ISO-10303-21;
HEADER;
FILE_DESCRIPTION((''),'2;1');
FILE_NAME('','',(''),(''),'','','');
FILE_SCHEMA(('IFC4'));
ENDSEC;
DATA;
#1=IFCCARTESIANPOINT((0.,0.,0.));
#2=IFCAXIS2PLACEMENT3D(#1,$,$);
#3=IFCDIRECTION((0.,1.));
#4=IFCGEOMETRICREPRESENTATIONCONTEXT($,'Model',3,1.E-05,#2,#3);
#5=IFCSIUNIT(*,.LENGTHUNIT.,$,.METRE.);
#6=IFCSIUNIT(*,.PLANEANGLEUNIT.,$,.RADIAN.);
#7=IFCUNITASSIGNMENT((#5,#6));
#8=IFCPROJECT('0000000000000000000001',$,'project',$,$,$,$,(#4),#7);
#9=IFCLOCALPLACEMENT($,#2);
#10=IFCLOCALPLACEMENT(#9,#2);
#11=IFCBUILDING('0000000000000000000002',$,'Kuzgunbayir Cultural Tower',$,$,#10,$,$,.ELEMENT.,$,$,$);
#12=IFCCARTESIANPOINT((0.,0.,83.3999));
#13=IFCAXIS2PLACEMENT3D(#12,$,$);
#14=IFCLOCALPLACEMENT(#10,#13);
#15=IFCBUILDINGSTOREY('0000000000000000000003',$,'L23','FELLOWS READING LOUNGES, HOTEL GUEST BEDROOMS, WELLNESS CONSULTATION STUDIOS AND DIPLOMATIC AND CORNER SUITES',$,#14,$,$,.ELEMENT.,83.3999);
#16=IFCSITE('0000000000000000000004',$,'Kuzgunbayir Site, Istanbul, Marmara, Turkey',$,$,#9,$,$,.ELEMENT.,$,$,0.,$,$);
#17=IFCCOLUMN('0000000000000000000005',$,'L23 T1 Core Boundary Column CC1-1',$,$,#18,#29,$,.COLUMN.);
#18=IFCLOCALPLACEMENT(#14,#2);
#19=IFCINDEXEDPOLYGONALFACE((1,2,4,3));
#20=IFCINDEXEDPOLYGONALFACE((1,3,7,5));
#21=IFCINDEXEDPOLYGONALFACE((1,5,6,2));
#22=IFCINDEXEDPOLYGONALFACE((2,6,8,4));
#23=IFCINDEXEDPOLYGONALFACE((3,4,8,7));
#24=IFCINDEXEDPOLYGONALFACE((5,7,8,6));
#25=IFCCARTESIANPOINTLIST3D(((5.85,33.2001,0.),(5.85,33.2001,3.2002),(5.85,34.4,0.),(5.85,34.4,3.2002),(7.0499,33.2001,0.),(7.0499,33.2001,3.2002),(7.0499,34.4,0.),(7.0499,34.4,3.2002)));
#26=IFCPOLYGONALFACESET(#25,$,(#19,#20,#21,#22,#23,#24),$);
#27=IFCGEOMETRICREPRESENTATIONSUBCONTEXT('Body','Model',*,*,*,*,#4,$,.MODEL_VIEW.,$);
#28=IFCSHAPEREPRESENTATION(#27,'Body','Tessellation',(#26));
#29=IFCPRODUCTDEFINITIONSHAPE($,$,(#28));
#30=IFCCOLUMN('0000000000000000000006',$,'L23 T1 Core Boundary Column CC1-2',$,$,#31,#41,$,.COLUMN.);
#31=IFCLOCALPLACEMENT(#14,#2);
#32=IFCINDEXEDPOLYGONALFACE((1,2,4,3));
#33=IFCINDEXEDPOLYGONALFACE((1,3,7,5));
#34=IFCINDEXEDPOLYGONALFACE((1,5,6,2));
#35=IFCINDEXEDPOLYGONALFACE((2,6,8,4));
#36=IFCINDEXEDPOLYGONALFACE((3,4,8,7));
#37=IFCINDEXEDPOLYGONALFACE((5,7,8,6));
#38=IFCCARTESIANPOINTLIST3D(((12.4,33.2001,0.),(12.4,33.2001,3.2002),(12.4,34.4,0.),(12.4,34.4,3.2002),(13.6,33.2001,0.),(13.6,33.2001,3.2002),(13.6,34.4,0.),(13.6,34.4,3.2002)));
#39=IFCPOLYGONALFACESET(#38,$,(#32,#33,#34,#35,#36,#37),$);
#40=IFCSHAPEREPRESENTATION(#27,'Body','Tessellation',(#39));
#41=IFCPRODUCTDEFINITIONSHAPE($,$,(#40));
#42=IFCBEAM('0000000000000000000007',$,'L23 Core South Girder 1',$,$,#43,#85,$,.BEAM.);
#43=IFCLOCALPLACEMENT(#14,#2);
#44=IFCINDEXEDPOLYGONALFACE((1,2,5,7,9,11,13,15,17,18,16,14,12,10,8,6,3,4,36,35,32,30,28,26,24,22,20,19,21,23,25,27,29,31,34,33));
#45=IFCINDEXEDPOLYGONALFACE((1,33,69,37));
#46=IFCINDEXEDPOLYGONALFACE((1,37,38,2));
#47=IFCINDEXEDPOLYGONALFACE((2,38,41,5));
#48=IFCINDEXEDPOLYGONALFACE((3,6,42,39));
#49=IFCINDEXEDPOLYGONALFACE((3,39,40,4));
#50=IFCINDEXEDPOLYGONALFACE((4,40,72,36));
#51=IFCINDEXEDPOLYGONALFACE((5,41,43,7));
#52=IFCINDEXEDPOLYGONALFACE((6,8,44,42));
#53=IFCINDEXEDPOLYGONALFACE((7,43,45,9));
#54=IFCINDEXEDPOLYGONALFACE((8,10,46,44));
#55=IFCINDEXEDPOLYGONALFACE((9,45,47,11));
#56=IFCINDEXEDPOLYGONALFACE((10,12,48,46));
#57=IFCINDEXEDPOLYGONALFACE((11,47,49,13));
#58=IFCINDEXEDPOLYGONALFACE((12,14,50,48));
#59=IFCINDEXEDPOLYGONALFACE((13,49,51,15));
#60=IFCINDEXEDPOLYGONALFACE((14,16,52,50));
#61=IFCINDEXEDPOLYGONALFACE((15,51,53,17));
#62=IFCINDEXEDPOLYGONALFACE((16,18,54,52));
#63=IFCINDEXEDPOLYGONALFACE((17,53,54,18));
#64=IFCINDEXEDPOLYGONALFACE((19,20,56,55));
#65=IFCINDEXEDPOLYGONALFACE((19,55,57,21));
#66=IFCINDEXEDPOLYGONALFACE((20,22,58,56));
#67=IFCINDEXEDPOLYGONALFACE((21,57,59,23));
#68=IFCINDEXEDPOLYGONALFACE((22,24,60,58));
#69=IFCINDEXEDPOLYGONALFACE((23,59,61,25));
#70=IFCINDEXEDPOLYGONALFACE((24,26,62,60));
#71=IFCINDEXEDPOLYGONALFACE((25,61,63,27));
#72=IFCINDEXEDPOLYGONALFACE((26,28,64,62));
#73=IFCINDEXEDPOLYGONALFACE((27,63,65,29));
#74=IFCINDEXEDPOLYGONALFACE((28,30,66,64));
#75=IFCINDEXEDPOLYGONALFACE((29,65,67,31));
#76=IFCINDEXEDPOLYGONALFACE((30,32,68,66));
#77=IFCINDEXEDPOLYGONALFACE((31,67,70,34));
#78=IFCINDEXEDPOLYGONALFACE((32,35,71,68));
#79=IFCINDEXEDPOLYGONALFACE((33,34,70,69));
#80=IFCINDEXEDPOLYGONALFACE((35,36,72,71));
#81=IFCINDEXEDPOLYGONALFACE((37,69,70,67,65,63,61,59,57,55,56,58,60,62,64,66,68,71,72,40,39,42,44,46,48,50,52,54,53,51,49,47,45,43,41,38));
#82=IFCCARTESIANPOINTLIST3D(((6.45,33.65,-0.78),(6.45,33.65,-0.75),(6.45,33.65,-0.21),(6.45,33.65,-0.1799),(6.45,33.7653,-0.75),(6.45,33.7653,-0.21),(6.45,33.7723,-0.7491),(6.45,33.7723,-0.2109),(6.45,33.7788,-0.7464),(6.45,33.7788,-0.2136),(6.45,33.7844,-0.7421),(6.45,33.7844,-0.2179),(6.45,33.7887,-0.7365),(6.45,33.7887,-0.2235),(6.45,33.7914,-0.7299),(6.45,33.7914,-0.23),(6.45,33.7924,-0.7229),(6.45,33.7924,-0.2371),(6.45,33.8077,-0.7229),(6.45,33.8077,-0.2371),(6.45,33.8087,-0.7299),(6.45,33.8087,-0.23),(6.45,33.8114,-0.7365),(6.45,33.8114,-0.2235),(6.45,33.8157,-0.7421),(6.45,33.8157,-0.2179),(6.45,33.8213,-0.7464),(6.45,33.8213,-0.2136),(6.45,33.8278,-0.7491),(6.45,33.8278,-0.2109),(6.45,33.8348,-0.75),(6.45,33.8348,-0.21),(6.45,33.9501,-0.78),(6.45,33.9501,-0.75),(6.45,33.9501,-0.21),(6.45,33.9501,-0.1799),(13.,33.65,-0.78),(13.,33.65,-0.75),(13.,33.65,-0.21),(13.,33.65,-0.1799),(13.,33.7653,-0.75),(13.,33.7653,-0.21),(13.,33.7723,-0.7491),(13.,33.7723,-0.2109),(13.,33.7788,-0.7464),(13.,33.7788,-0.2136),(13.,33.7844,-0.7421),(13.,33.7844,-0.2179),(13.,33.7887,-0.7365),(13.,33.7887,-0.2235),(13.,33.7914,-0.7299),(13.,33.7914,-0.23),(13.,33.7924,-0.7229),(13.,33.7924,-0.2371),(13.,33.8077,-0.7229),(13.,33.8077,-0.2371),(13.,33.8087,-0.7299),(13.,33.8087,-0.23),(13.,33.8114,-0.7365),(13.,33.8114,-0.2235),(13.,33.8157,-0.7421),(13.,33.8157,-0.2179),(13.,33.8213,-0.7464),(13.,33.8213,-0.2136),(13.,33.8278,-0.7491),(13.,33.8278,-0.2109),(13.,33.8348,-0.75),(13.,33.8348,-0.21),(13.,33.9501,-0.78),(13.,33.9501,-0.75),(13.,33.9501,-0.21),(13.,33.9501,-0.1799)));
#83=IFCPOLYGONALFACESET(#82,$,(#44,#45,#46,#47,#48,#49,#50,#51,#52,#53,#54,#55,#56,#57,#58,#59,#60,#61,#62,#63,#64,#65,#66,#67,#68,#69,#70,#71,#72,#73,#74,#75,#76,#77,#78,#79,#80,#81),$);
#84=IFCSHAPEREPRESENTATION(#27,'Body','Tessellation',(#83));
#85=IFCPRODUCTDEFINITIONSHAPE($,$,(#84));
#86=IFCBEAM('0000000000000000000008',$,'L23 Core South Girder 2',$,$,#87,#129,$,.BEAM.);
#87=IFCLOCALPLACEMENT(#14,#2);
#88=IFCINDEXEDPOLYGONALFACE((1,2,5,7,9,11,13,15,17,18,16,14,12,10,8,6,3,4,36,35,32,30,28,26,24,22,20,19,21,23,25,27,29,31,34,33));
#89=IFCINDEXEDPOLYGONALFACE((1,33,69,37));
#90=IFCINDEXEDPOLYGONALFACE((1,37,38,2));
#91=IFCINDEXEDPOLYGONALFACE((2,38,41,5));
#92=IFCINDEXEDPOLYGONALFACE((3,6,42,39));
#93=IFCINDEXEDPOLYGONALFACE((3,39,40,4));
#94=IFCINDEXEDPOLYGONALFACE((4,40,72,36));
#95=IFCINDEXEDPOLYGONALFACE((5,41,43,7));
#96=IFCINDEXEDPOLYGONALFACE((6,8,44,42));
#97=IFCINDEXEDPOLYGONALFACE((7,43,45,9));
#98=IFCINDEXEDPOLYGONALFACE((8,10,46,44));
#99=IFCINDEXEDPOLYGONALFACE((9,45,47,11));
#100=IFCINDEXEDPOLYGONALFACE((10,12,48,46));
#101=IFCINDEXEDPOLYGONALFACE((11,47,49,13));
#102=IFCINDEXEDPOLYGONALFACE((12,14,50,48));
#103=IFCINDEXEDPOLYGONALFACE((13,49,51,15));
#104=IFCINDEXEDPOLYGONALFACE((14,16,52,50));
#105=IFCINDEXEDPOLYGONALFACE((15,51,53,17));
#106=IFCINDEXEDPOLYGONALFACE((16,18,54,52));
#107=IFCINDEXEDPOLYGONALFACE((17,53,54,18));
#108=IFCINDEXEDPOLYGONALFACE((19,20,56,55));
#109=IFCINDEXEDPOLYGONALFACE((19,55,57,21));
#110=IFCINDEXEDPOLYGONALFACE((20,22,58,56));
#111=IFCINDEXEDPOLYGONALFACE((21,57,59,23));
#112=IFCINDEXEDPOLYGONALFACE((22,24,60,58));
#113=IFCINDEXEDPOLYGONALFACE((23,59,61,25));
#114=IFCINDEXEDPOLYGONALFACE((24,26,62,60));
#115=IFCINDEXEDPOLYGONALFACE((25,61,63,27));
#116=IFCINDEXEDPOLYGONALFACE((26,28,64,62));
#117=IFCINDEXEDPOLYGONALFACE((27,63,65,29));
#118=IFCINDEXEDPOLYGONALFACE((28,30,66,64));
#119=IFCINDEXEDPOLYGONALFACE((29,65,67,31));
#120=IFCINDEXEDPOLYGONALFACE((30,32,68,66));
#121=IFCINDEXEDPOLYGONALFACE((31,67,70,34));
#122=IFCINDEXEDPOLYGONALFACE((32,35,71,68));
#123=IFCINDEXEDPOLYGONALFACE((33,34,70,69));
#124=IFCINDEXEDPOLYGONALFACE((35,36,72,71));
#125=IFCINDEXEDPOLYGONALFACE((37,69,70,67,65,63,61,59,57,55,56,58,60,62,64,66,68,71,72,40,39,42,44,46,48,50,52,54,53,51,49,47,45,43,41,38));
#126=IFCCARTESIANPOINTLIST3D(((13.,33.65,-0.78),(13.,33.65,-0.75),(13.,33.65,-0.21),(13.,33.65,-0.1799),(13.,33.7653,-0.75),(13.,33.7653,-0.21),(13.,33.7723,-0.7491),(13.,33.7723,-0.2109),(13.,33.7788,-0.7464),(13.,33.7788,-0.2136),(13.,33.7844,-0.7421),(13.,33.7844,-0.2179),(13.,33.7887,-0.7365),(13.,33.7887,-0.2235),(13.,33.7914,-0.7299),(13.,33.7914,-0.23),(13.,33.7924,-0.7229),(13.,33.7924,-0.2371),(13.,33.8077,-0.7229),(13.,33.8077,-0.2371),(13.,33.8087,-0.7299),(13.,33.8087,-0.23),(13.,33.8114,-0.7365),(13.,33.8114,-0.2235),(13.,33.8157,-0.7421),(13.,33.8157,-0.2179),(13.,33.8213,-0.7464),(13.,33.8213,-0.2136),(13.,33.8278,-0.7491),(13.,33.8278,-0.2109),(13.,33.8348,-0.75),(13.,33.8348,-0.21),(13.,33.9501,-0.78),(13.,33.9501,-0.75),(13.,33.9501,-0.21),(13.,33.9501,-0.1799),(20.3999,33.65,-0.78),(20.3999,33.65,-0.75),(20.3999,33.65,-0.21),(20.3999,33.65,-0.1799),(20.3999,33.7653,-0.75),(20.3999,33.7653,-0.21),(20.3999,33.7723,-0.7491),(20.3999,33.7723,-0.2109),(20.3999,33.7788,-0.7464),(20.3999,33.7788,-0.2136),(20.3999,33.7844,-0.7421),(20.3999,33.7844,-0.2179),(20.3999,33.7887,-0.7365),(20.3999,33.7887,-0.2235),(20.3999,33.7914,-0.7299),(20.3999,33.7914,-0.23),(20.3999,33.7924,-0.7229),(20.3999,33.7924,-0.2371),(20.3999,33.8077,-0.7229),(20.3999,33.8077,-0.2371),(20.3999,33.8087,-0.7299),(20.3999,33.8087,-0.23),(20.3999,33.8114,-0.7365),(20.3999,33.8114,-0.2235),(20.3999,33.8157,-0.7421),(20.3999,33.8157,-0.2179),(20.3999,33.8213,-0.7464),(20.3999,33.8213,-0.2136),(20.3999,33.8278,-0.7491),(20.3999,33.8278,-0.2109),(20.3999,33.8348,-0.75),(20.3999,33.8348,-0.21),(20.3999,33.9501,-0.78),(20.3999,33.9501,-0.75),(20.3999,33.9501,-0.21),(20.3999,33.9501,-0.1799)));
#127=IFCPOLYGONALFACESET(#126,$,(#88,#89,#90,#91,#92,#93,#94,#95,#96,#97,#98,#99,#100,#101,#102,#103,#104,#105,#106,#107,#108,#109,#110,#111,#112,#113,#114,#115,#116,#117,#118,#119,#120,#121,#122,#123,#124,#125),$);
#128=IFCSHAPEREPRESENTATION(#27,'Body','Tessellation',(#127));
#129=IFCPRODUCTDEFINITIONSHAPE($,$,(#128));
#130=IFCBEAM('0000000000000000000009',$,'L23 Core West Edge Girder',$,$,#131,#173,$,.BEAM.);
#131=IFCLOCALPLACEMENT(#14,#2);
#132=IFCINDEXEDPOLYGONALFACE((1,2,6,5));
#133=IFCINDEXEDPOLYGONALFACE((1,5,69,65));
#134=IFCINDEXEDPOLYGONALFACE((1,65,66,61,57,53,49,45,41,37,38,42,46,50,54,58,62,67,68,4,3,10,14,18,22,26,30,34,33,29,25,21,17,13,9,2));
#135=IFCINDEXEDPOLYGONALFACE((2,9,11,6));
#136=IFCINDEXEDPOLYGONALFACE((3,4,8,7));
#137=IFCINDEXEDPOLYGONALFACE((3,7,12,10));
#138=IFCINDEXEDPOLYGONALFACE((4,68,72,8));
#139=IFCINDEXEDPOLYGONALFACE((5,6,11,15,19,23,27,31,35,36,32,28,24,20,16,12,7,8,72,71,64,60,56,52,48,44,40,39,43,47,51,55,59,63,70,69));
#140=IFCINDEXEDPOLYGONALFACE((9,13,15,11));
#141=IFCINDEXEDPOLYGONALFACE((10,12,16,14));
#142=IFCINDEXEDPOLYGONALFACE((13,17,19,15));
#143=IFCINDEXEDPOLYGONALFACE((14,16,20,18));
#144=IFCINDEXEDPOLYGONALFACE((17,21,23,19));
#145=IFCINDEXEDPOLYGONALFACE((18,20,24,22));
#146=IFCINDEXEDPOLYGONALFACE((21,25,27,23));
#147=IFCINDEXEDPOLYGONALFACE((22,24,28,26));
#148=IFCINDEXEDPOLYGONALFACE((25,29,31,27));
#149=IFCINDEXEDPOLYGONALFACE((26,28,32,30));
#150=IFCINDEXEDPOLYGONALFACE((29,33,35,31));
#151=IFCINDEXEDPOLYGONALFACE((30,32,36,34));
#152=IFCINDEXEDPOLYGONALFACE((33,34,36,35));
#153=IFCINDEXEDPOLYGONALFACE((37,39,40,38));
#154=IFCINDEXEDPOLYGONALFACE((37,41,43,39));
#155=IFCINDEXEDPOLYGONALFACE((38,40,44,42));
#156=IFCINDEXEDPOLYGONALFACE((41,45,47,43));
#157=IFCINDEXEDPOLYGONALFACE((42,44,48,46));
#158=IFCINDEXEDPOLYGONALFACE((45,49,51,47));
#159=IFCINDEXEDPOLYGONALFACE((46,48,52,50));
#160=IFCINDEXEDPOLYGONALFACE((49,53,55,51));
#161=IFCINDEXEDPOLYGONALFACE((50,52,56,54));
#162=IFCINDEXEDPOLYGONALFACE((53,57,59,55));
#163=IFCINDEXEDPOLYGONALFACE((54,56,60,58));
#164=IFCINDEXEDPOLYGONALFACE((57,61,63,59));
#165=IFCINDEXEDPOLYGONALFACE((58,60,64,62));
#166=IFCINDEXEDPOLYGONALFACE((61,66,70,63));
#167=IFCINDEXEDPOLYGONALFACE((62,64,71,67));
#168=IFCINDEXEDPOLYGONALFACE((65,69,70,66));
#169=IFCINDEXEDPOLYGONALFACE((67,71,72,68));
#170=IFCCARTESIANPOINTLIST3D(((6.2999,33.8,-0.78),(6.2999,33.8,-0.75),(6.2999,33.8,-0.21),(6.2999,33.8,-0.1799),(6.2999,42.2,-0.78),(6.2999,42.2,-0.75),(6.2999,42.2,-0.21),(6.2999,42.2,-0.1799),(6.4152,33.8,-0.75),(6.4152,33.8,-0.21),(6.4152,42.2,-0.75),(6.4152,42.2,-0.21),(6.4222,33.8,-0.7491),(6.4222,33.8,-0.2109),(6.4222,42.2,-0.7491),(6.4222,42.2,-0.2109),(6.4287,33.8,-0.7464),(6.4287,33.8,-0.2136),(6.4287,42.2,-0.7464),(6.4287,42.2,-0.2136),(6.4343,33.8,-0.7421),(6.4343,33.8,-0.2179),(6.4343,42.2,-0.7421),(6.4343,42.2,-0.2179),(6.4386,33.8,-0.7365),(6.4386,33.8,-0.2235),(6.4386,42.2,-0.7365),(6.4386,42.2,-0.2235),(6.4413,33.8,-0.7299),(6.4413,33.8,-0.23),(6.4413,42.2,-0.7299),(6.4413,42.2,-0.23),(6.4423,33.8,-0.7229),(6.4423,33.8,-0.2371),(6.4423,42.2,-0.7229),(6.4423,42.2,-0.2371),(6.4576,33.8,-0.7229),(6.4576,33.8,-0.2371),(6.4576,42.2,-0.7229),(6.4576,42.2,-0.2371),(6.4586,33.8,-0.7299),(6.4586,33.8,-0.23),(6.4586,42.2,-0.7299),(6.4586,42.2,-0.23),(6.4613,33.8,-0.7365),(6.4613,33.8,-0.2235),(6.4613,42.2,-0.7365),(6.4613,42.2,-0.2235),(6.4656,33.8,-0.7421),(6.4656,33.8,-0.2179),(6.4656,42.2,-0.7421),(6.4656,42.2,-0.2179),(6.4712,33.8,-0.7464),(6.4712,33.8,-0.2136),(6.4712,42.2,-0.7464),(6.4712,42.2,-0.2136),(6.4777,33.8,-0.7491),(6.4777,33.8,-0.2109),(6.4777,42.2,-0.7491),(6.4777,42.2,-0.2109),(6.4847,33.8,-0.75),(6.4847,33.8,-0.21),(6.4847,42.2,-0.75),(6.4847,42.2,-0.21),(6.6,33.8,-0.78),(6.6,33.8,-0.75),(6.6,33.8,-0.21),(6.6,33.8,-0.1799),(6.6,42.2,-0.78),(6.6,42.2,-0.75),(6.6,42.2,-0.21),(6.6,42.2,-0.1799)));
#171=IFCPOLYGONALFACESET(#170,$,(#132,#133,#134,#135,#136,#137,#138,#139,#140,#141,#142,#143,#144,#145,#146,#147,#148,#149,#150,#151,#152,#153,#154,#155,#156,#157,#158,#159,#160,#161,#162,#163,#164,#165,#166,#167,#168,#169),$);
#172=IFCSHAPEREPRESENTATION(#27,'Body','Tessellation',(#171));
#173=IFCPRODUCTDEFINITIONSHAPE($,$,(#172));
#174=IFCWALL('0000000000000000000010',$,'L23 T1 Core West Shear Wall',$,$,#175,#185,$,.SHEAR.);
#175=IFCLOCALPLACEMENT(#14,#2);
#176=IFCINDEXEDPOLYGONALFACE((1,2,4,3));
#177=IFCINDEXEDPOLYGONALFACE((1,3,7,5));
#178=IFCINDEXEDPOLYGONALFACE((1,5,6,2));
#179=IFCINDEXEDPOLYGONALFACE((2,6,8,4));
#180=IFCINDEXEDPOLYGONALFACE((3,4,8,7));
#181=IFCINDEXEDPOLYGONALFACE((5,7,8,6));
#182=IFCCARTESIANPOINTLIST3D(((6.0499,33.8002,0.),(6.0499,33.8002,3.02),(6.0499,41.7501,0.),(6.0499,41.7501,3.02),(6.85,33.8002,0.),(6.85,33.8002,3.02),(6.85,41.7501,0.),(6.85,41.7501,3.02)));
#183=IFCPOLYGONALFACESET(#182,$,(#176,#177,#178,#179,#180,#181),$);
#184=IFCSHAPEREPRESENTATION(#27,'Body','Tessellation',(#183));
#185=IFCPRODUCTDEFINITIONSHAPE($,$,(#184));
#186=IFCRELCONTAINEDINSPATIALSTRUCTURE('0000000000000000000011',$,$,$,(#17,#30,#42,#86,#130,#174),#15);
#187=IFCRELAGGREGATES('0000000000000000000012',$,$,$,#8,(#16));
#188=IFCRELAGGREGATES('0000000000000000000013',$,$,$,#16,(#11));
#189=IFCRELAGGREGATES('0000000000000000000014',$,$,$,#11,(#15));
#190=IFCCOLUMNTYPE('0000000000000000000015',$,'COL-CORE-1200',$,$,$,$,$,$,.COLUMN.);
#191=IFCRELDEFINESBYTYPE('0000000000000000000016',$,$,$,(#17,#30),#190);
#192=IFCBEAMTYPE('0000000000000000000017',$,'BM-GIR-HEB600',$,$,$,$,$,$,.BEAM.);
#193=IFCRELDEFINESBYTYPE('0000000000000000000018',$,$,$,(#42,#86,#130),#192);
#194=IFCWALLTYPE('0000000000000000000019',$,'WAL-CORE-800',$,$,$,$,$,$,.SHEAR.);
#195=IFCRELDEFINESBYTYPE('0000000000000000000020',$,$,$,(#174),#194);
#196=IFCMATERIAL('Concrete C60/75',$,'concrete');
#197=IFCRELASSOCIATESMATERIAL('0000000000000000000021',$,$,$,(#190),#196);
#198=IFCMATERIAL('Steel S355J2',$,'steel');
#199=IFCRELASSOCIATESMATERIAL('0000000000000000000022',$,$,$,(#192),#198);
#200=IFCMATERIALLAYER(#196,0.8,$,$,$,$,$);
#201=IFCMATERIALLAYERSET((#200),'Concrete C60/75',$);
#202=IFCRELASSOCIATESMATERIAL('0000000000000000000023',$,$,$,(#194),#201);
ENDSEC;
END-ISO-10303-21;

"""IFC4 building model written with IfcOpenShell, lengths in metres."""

from ifc_helpers import new_model, si_unit, direction, frame, frame_2d, origin, origin_2d, place, context, subcontext, project, spatial, rectangle, i_section, extrude, material, layer, layer_set, material_profile, profile_set, type_object, element, save


model = new_model("IFC4")

# Units and contexts
model_context = context("Model", 3, precision=1e-05, world=origin(), true_north=direction((0.0, 1.0)))
body_context = subcontext(model_context, "Body", "Model", "MODEL_VIEW")
ifc_project = project(units=[si_unit("LENGTHUNIT", "METRE"), si_unit("PLANEANGLEUNIT", "RADIAN")], contexts=[model_context])

# Site, building, storey
site_placement = place(None, origin())
site = spatial("IfcSite", under=ifc_project, at=site_placement, Name="Kuzgunbayir Site, Istanbul, Marmara, Turkey", CompositionType="ELEMENT", RefElevation=0.0)
building_placement = place(site_placement, origin())
building = spatial("IfcBuilding", under=site, at=building_placement, Name="Kuzgunbayir Cultural Tower", CompositionType="ELEMENT")
storey_placement = place(building_placement, frame((0.0, 0.0, 83.3999)))
storey = spatial("IfcBuildingStorey", under=building, at=storey_placement, Name="L23", Description="FELLOWS READING LOUNGES, HOTEL GUEST BEDROOMS, WELLNESS CONSULTATION STUDIOS AND DIPLOMATIC AND CORNER SUITES", CompositionType="ELEMENT", Elevation=83.3999)

# Columns
ifc_material_1 = material(Name="Concrete C60/75", Category="concrete")
ifc_material_profile_1 = material_profile(ifc_material_1, rectangle(XDim=1.2, YDim=1.2, at=origin_2d()), Name="RC 1200x1200")
ifc_profile_set_1 = profile_set([ifc_material_profile_1], Name="Concrete C60/75")
column_type = type_object("IfcColumnType", Name="COL-CORE-1200", PredefinedType="COLUMN", material=ifc_profile_set_1)
for number, where, z_axis, x_axis, name in (
    (1, (6.45, 33.8, 0.0), (0.0, 0.0, 1.0), (1.0, 0.0, 0.0), "L23 T1 Core Boundary Column CC1-1"),
    (2, (13.0, 33.8, 0.0), (0.0, 0.0, 1.0), (1.0, 0.0, 0.0), "L23 T1 Core Boundary Column CC1-2"),
):
    element("IfcColumn", number, at=place(storey_placement, frame(where, z_axis=z_axis, x_axis=x_axis)), inside=storey, type_object=column_type, Name=name, PredefinedType="COLUMN", context=body_context, shape_type="SweptSolid", body=[
        extrude(rectangle(XDim=1.2, YDim=1.2, at=origin_2d()), origin(), (0.0, 0.0, 1.0), 3.2002),
    ])

# Beams
ifc_material_2 = material(Name="Steel S355J2", Category="steel")
ifc_material_profile_2 = material_profile(ifc_material_2, i_section(OverallWidth=0.3, OverallDepth=0.6001, WebThickness=0.0154, FlangeThickness=0.03, FilletRadius=0.0271, at=origin_2d()), Name="HEB 600")
ifc_profile_set_2 = profile_set([ifc_material_profile_2], Name="Steel S355J2")
beam_type = type_object("IfcBeamType", Name="BM-GIR-HEB600", PredefinedType="BEAM", material=ifc_profile_set_2)
beam_1_placement = place(storey_placement, frame((6.45, 33.8, -0.48), z_axis=(1.0, 0.0, 0.0), x_axis=(0.0, 1.0, 0.0)))
element("IfcBeam", 3, at=beam_1_placement, inside=storey, type_object=beam_type, Name="L23 Core South Girder 1", PredefinedType="BEAM", context=body_context, shape_type="SweptSolid", body=[
    extrude(i_section(OverallWidth=0.3, OverallDepth=0.6001, WebThickness=0.0154, FlangeThickness=0.03, FilletRadius=0.0271, at=origin_2d()), origin(), (0.0, 0.0, 1.0), 6.55),
])
beam_2_placement = place(storey_placement, frame((13.0, 33.8, -0.48), z_axis=(1.0, 0.0, 0.0), x_axis=(0.0, 1.0, 0.0)))
element("IfcBeam", 4, at=beam_2_placement, inside=storey, type_object=beam_type, Name="L23 Core South Girder 2", PredefinedType="BEAM", context=body_context, shape_type="SweptSolid", body=[
    extrude(i_section(OverallWidth=0.3, OverallDepth=0.6001, WebThickness=0.0154, FlangeThickness=0.03, FilletRadius=0.0271, at=origin_2d()), origin(), (0.0, 0.0, 1.0), 7.3999),
])
beam_3_placement = place(storey_placement, frame((6.45, 33.8, -0.48), z_axis=(0.0, 1.0, 0.0), x_axis=(-1.0, 0.0, 0.0)))
element("IfcBeam", 5, at=beam_3_placement, inside=storey, type_object=beam_type, Name="L23 Core West Edge Girder", PredefinedType="BEAM", context=body_context, shape_type="SweptSolid", body=[
    extrude(i_section(OverallWidth=0.3, OverallDepth=0.6001, WebThickness=0.0154, FlangeThickness=0.03, FilletRadius=0.0271, at=origin_2d()), origin(), (0.0, 0.0, 1.0), 8.3999),
])

# Wall
ifc_layer_1 = layer(ifc_material_1, 0.8)
ifc_layer_set_1 = layer_set([ifc_layer_1], Name="Concrete C60/75")
wall_type_1 = type_object("IfcWallType", Name="WAL-CORE-800", PredefinedType="SHEAR", material=ifc_layer_set_1)
wall_1_placement = place(storey_placement, frame((6.45, 33.8, 0.0), z_axis=(0.0, 0.0, 1.0), x_axis=(0.0, 1.0, 0.0)))
element("IfcWall", 6, at=wall_1_placement, inside=storey, type_object=wall_type_1, Name="L23 T1 Core West Shear Wall", PredefinedType="SHEAR", context=body_context, shape_type="SweptSolid", body=[
    extrude(rectangle(XDim=7.95, YDim=0.8, at=frame_2d((3.9751, 0.0))), origin(), (0.0, 0.0, 1.0), 3.02),
])

save(model, "model.ifc")
